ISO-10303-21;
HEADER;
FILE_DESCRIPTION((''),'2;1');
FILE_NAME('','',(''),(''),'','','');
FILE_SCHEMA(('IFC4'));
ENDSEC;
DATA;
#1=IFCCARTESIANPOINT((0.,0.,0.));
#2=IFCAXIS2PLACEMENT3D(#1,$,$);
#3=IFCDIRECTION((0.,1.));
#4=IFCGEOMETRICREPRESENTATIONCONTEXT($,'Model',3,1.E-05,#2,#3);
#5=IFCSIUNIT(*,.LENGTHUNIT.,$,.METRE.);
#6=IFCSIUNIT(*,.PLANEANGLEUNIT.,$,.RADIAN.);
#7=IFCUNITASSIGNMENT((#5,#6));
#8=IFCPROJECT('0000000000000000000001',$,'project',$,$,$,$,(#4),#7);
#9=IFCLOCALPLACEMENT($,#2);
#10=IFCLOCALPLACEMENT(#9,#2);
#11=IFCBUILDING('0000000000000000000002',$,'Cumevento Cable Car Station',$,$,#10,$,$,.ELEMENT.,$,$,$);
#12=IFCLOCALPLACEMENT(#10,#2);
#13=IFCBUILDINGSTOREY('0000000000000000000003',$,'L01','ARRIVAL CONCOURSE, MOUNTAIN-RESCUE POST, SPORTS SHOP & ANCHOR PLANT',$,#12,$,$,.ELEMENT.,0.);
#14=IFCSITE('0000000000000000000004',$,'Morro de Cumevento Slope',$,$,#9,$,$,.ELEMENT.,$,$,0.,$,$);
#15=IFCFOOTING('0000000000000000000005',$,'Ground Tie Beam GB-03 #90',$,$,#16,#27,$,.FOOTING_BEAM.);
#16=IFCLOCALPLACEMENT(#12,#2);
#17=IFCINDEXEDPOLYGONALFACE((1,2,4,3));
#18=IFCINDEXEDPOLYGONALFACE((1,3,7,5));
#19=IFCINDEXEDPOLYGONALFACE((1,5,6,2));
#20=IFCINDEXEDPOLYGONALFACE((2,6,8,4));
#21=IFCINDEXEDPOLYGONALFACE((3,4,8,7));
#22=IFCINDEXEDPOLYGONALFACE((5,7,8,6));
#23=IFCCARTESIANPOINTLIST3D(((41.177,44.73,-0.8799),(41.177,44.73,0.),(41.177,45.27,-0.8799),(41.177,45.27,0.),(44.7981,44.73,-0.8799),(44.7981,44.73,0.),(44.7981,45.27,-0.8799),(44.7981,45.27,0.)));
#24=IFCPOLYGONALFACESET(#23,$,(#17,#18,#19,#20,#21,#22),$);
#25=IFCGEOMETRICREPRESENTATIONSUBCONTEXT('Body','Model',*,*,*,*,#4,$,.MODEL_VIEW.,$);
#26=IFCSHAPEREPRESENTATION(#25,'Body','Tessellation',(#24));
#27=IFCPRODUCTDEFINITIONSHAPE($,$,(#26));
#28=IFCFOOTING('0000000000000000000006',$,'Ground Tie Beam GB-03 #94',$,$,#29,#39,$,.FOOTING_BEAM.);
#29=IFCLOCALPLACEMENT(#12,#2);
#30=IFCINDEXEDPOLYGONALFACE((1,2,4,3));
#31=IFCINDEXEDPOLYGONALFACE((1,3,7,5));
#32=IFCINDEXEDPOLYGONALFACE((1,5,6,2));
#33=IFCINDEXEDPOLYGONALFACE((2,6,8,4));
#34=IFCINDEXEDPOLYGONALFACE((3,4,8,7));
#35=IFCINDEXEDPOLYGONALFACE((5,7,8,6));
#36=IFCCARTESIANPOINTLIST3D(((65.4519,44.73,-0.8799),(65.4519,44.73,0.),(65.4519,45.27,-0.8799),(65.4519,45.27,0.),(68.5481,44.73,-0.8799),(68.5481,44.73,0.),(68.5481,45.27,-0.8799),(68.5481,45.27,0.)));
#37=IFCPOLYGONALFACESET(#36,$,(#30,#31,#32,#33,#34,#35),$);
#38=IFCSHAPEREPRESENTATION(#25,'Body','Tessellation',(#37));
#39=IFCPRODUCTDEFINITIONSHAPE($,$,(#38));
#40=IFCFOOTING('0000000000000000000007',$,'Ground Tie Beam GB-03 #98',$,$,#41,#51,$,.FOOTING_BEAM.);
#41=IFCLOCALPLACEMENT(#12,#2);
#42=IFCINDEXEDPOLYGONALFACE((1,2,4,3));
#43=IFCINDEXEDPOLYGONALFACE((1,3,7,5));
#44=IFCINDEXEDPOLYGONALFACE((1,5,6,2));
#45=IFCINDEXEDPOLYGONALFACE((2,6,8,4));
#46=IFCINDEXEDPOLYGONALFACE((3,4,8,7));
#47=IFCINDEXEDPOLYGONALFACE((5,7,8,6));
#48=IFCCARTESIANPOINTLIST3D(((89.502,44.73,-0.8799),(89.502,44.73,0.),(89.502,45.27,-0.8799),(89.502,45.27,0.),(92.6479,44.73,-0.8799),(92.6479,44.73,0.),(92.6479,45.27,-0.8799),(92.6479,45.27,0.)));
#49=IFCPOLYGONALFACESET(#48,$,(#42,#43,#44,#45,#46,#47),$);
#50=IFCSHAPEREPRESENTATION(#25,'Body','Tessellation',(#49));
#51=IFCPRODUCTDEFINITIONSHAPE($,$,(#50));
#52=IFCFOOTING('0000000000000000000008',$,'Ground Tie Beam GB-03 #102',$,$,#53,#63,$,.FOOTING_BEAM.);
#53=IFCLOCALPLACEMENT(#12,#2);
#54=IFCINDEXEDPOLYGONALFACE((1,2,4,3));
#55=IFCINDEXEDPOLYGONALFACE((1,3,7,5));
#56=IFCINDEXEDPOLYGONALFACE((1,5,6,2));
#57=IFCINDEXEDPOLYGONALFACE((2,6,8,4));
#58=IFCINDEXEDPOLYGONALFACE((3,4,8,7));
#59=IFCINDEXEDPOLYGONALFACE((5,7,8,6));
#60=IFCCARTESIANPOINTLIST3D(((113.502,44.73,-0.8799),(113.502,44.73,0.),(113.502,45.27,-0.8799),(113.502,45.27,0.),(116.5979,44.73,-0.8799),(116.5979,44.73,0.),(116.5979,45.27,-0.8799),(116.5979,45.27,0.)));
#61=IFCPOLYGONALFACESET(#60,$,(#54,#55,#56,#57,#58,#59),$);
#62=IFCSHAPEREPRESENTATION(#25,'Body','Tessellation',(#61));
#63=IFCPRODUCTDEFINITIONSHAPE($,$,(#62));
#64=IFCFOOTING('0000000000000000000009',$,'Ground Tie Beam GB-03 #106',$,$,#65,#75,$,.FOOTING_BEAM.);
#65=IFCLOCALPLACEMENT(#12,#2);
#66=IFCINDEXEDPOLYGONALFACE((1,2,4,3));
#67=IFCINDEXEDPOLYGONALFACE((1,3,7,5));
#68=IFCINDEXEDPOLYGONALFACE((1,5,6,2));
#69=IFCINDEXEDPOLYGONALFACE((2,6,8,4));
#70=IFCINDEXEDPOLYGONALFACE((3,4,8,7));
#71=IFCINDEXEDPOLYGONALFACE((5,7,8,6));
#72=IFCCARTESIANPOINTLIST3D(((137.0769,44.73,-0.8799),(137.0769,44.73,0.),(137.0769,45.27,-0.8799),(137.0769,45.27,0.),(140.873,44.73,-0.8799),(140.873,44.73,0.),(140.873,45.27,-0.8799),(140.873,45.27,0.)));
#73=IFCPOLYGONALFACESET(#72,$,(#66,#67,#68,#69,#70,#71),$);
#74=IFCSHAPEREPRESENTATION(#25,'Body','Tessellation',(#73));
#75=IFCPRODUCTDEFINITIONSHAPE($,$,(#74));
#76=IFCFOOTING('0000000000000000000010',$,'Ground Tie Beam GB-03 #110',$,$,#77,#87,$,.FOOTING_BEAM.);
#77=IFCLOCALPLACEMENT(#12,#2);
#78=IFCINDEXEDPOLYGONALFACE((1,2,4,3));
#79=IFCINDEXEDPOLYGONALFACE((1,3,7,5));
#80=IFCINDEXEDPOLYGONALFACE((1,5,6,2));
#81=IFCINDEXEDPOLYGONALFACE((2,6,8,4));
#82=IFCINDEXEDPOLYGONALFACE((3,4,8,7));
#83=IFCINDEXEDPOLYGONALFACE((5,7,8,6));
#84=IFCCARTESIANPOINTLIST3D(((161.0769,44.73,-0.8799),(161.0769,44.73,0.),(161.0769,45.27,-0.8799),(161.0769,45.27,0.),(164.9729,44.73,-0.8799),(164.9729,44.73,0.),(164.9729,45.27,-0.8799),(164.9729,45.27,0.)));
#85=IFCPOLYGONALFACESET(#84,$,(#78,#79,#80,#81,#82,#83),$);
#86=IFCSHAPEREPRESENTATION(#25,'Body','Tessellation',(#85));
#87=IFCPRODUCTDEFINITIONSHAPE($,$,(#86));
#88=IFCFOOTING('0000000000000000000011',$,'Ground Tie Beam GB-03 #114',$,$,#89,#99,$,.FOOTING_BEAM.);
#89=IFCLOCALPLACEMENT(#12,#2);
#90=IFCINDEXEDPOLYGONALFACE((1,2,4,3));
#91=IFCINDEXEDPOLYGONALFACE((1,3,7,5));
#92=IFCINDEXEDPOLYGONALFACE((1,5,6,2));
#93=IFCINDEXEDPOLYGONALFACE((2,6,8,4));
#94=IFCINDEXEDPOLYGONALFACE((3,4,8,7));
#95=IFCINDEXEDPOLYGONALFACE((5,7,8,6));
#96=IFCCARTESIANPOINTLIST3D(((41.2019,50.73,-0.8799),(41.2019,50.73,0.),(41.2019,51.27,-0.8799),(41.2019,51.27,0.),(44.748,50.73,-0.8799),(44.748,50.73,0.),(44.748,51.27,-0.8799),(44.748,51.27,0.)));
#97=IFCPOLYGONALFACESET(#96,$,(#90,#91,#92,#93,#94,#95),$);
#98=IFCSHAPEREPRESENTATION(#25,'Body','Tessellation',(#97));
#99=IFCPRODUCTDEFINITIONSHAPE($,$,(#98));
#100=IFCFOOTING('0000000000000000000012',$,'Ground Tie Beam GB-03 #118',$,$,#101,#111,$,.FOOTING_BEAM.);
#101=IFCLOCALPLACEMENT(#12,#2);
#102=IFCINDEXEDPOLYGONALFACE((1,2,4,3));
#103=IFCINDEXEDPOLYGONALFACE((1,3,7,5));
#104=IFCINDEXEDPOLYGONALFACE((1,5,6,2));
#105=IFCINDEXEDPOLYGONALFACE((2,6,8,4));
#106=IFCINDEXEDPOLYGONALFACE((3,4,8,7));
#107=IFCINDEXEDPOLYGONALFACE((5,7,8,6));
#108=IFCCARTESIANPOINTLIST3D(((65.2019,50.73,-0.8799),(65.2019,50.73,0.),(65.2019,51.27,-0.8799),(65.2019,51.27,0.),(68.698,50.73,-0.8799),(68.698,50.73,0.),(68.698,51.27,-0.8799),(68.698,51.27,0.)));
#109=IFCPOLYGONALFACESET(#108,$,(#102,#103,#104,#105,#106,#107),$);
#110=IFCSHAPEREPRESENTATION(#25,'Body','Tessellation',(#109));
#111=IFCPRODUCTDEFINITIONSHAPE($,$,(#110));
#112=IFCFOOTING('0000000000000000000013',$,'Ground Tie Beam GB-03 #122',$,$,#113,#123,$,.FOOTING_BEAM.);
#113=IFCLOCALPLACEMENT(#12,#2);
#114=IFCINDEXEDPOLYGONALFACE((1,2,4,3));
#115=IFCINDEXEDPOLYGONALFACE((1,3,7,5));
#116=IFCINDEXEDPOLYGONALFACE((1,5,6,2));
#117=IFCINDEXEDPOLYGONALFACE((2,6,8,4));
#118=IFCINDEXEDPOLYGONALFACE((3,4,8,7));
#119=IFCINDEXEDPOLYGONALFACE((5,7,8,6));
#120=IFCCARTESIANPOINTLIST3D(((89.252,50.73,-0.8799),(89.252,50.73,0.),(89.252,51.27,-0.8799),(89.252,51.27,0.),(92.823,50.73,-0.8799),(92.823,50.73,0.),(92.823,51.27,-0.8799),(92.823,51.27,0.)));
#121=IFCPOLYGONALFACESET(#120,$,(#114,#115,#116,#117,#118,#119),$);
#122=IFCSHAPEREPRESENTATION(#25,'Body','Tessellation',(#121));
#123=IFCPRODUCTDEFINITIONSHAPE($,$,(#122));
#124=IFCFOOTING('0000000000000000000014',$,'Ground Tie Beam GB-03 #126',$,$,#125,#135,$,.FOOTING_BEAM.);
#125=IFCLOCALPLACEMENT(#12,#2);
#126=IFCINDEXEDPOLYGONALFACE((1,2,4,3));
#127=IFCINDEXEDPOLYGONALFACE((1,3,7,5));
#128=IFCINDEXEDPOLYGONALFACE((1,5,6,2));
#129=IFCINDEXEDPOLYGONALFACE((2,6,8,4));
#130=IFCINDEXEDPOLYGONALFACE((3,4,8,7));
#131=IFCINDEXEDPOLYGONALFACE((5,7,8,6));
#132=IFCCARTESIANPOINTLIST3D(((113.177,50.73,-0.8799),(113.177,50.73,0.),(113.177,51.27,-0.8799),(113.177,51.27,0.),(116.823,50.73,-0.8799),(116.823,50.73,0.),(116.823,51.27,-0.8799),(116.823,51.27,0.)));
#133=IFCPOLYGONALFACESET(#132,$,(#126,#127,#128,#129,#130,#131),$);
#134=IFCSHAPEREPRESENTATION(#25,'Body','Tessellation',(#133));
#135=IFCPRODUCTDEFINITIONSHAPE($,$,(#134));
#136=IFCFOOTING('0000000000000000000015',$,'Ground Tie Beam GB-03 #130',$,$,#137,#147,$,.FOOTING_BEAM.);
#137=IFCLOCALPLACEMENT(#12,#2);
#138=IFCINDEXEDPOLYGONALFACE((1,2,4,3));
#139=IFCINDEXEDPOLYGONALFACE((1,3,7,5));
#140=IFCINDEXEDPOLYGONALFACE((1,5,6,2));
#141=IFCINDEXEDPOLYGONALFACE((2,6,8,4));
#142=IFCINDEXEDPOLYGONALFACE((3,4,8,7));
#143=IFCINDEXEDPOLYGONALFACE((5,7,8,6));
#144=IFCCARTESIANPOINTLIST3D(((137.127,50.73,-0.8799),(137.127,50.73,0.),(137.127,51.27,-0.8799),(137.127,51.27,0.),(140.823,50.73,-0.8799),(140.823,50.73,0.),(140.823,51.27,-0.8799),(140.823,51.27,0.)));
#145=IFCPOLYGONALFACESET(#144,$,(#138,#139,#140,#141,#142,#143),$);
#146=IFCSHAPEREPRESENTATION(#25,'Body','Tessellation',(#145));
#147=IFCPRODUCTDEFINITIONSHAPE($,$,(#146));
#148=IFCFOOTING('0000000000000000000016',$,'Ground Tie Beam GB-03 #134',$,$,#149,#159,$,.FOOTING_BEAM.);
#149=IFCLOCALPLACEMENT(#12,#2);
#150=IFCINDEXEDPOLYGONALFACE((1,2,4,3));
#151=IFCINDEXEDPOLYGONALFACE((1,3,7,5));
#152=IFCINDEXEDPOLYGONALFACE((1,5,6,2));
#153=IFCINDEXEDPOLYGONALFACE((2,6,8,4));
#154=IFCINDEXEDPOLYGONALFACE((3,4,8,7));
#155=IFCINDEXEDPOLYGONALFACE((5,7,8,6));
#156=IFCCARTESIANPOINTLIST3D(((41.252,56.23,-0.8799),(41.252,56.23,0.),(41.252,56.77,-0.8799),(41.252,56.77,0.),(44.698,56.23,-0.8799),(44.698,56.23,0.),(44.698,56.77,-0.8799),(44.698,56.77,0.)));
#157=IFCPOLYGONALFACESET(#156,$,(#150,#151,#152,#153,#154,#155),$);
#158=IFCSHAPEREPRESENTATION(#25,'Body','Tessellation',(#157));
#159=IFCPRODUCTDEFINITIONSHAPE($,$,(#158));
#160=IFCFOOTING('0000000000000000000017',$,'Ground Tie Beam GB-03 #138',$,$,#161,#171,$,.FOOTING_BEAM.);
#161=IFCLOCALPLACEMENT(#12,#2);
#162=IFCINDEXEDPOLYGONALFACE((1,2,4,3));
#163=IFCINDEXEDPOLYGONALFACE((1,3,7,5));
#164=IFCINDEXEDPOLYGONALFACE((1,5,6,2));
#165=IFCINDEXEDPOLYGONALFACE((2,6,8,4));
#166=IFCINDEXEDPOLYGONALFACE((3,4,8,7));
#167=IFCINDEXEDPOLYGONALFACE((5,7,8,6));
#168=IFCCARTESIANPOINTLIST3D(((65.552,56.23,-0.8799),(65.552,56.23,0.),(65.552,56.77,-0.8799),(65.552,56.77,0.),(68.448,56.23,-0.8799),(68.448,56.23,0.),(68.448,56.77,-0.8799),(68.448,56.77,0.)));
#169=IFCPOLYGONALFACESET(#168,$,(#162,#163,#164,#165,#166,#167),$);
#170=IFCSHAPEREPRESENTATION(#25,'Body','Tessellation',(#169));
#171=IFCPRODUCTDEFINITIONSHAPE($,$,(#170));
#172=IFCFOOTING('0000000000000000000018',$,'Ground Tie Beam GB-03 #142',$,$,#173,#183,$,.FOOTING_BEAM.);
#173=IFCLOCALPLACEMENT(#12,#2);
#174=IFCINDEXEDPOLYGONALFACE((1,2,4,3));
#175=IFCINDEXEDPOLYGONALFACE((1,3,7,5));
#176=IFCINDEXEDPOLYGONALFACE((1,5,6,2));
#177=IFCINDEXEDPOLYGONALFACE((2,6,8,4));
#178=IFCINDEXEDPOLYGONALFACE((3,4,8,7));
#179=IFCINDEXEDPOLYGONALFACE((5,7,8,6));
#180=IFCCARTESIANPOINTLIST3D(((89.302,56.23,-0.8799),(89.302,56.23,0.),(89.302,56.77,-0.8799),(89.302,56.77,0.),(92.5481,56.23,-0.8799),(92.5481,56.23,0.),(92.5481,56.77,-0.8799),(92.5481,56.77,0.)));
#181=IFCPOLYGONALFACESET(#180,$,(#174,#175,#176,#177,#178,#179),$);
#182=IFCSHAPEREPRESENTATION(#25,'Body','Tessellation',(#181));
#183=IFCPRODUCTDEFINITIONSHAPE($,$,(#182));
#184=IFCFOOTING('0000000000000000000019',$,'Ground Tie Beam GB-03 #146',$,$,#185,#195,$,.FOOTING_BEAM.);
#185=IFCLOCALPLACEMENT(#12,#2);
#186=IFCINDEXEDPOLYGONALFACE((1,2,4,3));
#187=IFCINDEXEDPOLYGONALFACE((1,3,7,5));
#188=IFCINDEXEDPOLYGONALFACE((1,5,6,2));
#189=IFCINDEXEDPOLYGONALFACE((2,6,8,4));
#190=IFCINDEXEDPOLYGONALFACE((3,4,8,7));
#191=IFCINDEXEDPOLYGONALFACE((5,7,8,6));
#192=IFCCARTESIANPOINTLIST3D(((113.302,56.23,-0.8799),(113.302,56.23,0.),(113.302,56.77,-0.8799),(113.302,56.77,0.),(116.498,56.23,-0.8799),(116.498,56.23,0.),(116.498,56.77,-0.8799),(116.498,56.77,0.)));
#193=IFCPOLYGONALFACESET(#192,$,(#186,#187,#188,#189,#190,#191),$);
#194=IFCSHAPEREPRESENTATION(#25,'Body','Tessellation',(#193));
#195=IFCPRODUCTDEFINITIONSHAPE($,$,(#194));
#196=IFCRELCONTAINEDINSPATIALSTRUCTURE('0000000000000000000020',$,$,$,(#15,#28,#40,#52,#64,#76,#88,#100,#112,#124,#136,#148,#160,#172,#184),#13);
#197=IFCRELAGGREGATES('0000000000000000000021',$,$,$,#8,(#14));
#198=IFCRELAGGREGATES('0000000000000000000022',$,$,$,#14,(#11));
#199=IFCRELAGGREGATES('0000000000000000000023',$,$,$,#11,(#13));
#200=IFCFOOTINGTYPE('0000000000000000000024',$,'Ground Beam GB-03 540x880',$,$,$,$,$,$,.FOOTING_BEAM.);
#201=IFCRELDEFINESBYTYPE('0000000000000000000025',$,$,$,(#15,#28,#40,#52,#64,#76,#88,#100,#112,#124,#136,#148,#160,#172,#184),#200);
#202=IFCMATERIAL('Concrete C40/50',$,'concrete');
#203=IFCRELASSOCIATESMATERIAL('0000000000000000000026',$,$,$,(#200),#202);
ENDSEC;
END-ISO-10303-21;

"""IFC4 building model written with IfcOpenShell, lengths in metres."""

from ifc_helpers import new_model, si_unit, direction, frame, origin, place, context, subcontext, project, spatial, polyline, outline, extrude, material, type_object, element, save


model = new_model("IFC4")

# Units and contexts
model_context = context("Model", 3, precision=1e-05, world=origin(), true_north=direction((0.0, 1.0)))
body_context = subcontext(model_context, "Body", "Model", "MODEL_VIEW")
ifc_project = project(units=[si_unit("LENGTHUNIT", "METRE"), si_unit("PLANEANGLEUNIT", "RADIAN")], contexts=[model_context])

# Site, building, storey
site_placement = place(None, origin())
site = spatial("IfcSite", under=ifc_project, at=site_placement, Name="Morro de Cumevento Slope", CompositionType="ELEMENT", RefElevation=0.0)
building_placement = place(site_placement, origin())
building = spatial("IfcBuilding", under=site, at=building_placement, Name="Cumevento Cable Car Station", CompositionType="ELEMENT")
storey_placement = place(building_placement, origin())
storey = spatial("IfcBuildingStorey", under=building, at=storey_placement, Name="L01", Description="ARRIVAL CONCOURSE, MOUNTAIN-RESCUE POST, SPORTS SHOP & ANCHOR PLANT", CompositionType="ELEMENT", Elevation=0.0)

# Footings
ifc_material = material(Name="Concrete C40/50", Category="concrete")
footing_type = type_object("IfcFootingType", Name="Ground Beam GB-03 540x880", PredefinedType="FOOTING_BEAM", material=ifc_material)
footing_1_placement = place(storey_placement, frame((0.0, 0.0, -0.8799)))
element("IfcFooting", 1, at=footing_1_placement, inside=storey, type_object=footing_type, Name="Ground Tie Beam GB-03 #90", PredefinedType="FOOTING_BEAM", context=body_context, shape_type="SweptSolid", body=[
    extrude(outline(polyline([(41.177, 44.73), (44.7981, 44.73), (44.7981, 45.27), (41.177, 45.27), (41.177, 44.73)])), origin(), (0.0, 0.0, 1.0), 0.8799),
])
footing_2_placement = place(storey_placement, frame((0.0, 0.0, -0.8799)))
element("IfcFooting", 2, at=footing_2_placement, inside=storey, type_object=footing_type, Name="Ground Tie Beam GB-03 #94", PredefinedType="FOOTING_BEAM", context=body_context, shape_type="SweptSolid", body=[
    extrude(outline(polyline([(65.4519, 44.73), (68.5481, 44.73), (68.5481, 45.27), (65.4519, 45.27), (65.4519, 44.73)])), origin(), (0.0, 0.0, 1.0), 0.8799),
])
footing_3_placement = place(storey_placement, frame((0.0, 0.0, -0.8799)))
element("IfcFooting", 3, at=footing_3_placement, inside=storey, type_object=footing_type, Name="Ground Tie Beam GB-03 #98", PredefinedType="FOOTING_BEAM", context=body_context, shape_type="SweptSolid", body=[
    extrude(outline(polyline([(89.502, 44.73), (92.6479, 44.73), (92.6479, 45.27), (89.502, 45.27), (89.502, 44.73)])), origin(), (0.0, 0.0, 1.0), 0.8799),
])
footing_4_placement = place(storey_placement, frame((0.0, 0.0, -0.8799)))
element("IfcFooting", 4, at=footing_4_placement, inside=storey, type_object=footing_type, Name="Ground Tie Beam GB-03 #102", PredefinedType="FOOTING_BEAM", context=body_context, shape_type="SweptSolid", body=[
    extrude(outline(polyline([(113.502, 44.73), (116.5979, 44.73), (116.5979, 45.27), (113.502, 45.27), (113.502, 44.73)])), origin(), (0.0, 0.0, 1.0), 0.8799),
])
footing_5_placement = place(storey_placement, frame((0.0, 0.0, -0.8799)))
element("IfcFooting", 5, at=footing_5_placement, inside=storey, type_object=footing_type, Name="Ground Tie Beam GB-03 #106", PredefinedType="FOOTING_BEAM", context=body_context, shape_type="SweptSolid", body=[
    extrude(outline(polyline([(137.0769, 44.73), (140.873, 44.73), (140.873, 45.27), (137.0769, 45.27), (137.0769, 44.73)])), origin(), (0.0, 0.0, 1.0), 0.8799),
])
footing_6_placement = place(storey_placement, frame((0.0, 0.0, -0.8799)))
element("IfcFooting", 6, at=footing_6_placement, inside=storey, type_object=footing_type, Name="Ground Tie Beam GB-03 #110", PredefinedType="FOOTING_BEAM", context=body_context, shape_type="SweptSolid", body=[
    extrude(outline(polyline([(161.0769, 44.73), (164.9729, 44.73), (164.9729, 45.27), (161.0769, 45.27), (161.0769, 44.73)])), origin(), (0.0, 0.0, 1.0), 0.8799),
])
footing_7_placement = place(storey_placement, frame((0.0, 0.0, -0.8799)))
element("IfcFooting", 7, at=footing_7_placement, inside=storey, type_object=footing_type, Name="Ground Tie Beam GB-03 #114", PredefinedType="FOOTING_BEAM", context=body_context, shape_type="SweptSolid", body=[
    extrude(outline(polyline([(41.2019, 50.73), (44.748, 50.73), (44.748, 51.27), (41.2019, 51.27), (41.2019, 50.73)])), origin(), (0.0, 0.0, 1.0), 0.8799),
])
footing_8_placement = place(storey_placement, frame((0.0, 0.0, -0.8799)))
element("IfcFooting", 8, at=footing_8_placement, inside=storey, type_object=footing_type, Name="Ground Tie Beam GB-03 #118", PredefinedType="FOOTING_BEAM", context=body_context, shape_type="SweptSolid", body=[
    extrude(outline(polyline([(65.2019, 50.73), (68.698, 50.73), (68.698, 51.27), (65.2019, 51.27), (65.2019, 50.73)])), origin(), (0.0, 0.0, 1.0), 0.8799),
])
footing_9_placement = place(storey_placement, frame((0.0, 0.0, -0.8799)))
element("IfcFooting", 9, at=footing_9_placement, inside=storey, type_object=footing_type, Name="Ground Tie Beam GB-03 #122", PredefinedType="FOOTING_BEAM", context=body_context, shape_type="SweptSolid", body=[
    extrude(outline(polyline([(89.252, 50.73), (92.823, 50.73), (92.823, 51.27), (89.252, 51.27), (89.252, 50.73)])), origin(), (0.0, 0.0, 1.0), 0.8799),
])
footing_10_placement = place(storey_placement, frame((0.0, 0.0, -0.8799)))
element("IfcFooting", 10, at=footing_10_placement, inside=storey, type_object=footing_type, Name="Ground Tie Beam GB-03 #126", PredefinedType="FOOTING_BEAM", context=body_context, shape_type="SweptSolid", body=[
    extrude(outline(polyline([(113.177, 50.73), (116.823, 50.73), (116.823, 51.27), (113.177, 51.27), (113.177, 50.73)])), origin(), (0.0, 0.0, 1.0), 0.8799),
])
footing_11_placement = place(storey_placement, frame((0.0, 0.0, -0.8799)))
element("IfcFooting", 11, at=footing_11_placement, inside=storey, type_object=footing_type, Name="Ground Tie Beam GB-03 #130", PredefinedType="FOOTING_BEAM", context=body_context, shape_type="SweptSolid", body=[
    extrude(outline(polyline([(137.127, 50.73), (140.823, 50.73), (140.823, 51.27), (137.127, 51.27), (137.127, 50.73)])), origin(), (0.0, 0.0, 1.0), 0.8799),
])
footing_12_placement = place(storey_placement, frame((0.0, 0.0, -0.8799)))
element("IfcFooting", 12, at=footing_12_placement, inside=storey, type_object=footing_type, Name="Ground Tie Beam GB-03 #134", PredefinedType="FOOTING_BEAM", context=body_context, shape_type="SweptSolid", body=[
    extrude(outline(polyline([(41.252, 56.23), (44.698, 56.23), (44.698, 56.77), (41.252, 56.77), (41.252, 56.23)])), origin(), (0.0, 0.0, 1.0), 0.8799),
])
footing_13_placement = place(storey_placement, frame((0.0, 0.0, -0.8799)))
element("IfcFooting", 13, at=footing_13_placement, inside=storey, type_object=footing_type, Name="Ground Tie Beam GB-03 #138", PredefinedType="FOOTING_BEAM", context=body_context, shape_type="SweptSolid", body=[
    extrude(outline(polyline([(65.552, 56.23), (68.448, 56.23), (68.448, 56.77), (65.552, 56.77), (65.552, 56.23)])), origin(), (0.0, 0.0, 1.0), 0.8799),
])
footing_14_placement = place(storey_placement, frame((0.0, 0.0, -0.8799)))
element("IfcFooting", 14, at=footing_14_placement, inside=storey, type_object=footing_type, Name="Ground Tie Beam GB-03 #142", PredefinedType="FOOTING_BEAM", context=body_context, shape_type="SweptSolid", body=[
    extrude(outline(polyline([(89.302, 56.23), (92.5481, 56.23), (92.5481, 56.77), (89.302, 56.77), (89.302, 56.23)])), origin(), (0.0, 0.0, 1.0), 0.8799),
])
footing_15_placement = place(storey_placement, frame((0.0, 0.0, -0.8799)))
element("IfcFooting", 15, at=footing_15_placement, inside=storey, type_object=footing_type, Name="Ground Tie Beam GB-03 #146", PredefinedType="FOOTING_BEAM", context=body_context, shape_type="SweptSolid", body=[
    extrude(outline(polyline([(113.302, 56.23), (116.498, 56.23), (116.498, 56.77), (113.302, 56.77), (113.302, 56.23)])), origin(), (0.0, 0.0, 1.0), 0.8799),
])

save(model, "model.ifc")
